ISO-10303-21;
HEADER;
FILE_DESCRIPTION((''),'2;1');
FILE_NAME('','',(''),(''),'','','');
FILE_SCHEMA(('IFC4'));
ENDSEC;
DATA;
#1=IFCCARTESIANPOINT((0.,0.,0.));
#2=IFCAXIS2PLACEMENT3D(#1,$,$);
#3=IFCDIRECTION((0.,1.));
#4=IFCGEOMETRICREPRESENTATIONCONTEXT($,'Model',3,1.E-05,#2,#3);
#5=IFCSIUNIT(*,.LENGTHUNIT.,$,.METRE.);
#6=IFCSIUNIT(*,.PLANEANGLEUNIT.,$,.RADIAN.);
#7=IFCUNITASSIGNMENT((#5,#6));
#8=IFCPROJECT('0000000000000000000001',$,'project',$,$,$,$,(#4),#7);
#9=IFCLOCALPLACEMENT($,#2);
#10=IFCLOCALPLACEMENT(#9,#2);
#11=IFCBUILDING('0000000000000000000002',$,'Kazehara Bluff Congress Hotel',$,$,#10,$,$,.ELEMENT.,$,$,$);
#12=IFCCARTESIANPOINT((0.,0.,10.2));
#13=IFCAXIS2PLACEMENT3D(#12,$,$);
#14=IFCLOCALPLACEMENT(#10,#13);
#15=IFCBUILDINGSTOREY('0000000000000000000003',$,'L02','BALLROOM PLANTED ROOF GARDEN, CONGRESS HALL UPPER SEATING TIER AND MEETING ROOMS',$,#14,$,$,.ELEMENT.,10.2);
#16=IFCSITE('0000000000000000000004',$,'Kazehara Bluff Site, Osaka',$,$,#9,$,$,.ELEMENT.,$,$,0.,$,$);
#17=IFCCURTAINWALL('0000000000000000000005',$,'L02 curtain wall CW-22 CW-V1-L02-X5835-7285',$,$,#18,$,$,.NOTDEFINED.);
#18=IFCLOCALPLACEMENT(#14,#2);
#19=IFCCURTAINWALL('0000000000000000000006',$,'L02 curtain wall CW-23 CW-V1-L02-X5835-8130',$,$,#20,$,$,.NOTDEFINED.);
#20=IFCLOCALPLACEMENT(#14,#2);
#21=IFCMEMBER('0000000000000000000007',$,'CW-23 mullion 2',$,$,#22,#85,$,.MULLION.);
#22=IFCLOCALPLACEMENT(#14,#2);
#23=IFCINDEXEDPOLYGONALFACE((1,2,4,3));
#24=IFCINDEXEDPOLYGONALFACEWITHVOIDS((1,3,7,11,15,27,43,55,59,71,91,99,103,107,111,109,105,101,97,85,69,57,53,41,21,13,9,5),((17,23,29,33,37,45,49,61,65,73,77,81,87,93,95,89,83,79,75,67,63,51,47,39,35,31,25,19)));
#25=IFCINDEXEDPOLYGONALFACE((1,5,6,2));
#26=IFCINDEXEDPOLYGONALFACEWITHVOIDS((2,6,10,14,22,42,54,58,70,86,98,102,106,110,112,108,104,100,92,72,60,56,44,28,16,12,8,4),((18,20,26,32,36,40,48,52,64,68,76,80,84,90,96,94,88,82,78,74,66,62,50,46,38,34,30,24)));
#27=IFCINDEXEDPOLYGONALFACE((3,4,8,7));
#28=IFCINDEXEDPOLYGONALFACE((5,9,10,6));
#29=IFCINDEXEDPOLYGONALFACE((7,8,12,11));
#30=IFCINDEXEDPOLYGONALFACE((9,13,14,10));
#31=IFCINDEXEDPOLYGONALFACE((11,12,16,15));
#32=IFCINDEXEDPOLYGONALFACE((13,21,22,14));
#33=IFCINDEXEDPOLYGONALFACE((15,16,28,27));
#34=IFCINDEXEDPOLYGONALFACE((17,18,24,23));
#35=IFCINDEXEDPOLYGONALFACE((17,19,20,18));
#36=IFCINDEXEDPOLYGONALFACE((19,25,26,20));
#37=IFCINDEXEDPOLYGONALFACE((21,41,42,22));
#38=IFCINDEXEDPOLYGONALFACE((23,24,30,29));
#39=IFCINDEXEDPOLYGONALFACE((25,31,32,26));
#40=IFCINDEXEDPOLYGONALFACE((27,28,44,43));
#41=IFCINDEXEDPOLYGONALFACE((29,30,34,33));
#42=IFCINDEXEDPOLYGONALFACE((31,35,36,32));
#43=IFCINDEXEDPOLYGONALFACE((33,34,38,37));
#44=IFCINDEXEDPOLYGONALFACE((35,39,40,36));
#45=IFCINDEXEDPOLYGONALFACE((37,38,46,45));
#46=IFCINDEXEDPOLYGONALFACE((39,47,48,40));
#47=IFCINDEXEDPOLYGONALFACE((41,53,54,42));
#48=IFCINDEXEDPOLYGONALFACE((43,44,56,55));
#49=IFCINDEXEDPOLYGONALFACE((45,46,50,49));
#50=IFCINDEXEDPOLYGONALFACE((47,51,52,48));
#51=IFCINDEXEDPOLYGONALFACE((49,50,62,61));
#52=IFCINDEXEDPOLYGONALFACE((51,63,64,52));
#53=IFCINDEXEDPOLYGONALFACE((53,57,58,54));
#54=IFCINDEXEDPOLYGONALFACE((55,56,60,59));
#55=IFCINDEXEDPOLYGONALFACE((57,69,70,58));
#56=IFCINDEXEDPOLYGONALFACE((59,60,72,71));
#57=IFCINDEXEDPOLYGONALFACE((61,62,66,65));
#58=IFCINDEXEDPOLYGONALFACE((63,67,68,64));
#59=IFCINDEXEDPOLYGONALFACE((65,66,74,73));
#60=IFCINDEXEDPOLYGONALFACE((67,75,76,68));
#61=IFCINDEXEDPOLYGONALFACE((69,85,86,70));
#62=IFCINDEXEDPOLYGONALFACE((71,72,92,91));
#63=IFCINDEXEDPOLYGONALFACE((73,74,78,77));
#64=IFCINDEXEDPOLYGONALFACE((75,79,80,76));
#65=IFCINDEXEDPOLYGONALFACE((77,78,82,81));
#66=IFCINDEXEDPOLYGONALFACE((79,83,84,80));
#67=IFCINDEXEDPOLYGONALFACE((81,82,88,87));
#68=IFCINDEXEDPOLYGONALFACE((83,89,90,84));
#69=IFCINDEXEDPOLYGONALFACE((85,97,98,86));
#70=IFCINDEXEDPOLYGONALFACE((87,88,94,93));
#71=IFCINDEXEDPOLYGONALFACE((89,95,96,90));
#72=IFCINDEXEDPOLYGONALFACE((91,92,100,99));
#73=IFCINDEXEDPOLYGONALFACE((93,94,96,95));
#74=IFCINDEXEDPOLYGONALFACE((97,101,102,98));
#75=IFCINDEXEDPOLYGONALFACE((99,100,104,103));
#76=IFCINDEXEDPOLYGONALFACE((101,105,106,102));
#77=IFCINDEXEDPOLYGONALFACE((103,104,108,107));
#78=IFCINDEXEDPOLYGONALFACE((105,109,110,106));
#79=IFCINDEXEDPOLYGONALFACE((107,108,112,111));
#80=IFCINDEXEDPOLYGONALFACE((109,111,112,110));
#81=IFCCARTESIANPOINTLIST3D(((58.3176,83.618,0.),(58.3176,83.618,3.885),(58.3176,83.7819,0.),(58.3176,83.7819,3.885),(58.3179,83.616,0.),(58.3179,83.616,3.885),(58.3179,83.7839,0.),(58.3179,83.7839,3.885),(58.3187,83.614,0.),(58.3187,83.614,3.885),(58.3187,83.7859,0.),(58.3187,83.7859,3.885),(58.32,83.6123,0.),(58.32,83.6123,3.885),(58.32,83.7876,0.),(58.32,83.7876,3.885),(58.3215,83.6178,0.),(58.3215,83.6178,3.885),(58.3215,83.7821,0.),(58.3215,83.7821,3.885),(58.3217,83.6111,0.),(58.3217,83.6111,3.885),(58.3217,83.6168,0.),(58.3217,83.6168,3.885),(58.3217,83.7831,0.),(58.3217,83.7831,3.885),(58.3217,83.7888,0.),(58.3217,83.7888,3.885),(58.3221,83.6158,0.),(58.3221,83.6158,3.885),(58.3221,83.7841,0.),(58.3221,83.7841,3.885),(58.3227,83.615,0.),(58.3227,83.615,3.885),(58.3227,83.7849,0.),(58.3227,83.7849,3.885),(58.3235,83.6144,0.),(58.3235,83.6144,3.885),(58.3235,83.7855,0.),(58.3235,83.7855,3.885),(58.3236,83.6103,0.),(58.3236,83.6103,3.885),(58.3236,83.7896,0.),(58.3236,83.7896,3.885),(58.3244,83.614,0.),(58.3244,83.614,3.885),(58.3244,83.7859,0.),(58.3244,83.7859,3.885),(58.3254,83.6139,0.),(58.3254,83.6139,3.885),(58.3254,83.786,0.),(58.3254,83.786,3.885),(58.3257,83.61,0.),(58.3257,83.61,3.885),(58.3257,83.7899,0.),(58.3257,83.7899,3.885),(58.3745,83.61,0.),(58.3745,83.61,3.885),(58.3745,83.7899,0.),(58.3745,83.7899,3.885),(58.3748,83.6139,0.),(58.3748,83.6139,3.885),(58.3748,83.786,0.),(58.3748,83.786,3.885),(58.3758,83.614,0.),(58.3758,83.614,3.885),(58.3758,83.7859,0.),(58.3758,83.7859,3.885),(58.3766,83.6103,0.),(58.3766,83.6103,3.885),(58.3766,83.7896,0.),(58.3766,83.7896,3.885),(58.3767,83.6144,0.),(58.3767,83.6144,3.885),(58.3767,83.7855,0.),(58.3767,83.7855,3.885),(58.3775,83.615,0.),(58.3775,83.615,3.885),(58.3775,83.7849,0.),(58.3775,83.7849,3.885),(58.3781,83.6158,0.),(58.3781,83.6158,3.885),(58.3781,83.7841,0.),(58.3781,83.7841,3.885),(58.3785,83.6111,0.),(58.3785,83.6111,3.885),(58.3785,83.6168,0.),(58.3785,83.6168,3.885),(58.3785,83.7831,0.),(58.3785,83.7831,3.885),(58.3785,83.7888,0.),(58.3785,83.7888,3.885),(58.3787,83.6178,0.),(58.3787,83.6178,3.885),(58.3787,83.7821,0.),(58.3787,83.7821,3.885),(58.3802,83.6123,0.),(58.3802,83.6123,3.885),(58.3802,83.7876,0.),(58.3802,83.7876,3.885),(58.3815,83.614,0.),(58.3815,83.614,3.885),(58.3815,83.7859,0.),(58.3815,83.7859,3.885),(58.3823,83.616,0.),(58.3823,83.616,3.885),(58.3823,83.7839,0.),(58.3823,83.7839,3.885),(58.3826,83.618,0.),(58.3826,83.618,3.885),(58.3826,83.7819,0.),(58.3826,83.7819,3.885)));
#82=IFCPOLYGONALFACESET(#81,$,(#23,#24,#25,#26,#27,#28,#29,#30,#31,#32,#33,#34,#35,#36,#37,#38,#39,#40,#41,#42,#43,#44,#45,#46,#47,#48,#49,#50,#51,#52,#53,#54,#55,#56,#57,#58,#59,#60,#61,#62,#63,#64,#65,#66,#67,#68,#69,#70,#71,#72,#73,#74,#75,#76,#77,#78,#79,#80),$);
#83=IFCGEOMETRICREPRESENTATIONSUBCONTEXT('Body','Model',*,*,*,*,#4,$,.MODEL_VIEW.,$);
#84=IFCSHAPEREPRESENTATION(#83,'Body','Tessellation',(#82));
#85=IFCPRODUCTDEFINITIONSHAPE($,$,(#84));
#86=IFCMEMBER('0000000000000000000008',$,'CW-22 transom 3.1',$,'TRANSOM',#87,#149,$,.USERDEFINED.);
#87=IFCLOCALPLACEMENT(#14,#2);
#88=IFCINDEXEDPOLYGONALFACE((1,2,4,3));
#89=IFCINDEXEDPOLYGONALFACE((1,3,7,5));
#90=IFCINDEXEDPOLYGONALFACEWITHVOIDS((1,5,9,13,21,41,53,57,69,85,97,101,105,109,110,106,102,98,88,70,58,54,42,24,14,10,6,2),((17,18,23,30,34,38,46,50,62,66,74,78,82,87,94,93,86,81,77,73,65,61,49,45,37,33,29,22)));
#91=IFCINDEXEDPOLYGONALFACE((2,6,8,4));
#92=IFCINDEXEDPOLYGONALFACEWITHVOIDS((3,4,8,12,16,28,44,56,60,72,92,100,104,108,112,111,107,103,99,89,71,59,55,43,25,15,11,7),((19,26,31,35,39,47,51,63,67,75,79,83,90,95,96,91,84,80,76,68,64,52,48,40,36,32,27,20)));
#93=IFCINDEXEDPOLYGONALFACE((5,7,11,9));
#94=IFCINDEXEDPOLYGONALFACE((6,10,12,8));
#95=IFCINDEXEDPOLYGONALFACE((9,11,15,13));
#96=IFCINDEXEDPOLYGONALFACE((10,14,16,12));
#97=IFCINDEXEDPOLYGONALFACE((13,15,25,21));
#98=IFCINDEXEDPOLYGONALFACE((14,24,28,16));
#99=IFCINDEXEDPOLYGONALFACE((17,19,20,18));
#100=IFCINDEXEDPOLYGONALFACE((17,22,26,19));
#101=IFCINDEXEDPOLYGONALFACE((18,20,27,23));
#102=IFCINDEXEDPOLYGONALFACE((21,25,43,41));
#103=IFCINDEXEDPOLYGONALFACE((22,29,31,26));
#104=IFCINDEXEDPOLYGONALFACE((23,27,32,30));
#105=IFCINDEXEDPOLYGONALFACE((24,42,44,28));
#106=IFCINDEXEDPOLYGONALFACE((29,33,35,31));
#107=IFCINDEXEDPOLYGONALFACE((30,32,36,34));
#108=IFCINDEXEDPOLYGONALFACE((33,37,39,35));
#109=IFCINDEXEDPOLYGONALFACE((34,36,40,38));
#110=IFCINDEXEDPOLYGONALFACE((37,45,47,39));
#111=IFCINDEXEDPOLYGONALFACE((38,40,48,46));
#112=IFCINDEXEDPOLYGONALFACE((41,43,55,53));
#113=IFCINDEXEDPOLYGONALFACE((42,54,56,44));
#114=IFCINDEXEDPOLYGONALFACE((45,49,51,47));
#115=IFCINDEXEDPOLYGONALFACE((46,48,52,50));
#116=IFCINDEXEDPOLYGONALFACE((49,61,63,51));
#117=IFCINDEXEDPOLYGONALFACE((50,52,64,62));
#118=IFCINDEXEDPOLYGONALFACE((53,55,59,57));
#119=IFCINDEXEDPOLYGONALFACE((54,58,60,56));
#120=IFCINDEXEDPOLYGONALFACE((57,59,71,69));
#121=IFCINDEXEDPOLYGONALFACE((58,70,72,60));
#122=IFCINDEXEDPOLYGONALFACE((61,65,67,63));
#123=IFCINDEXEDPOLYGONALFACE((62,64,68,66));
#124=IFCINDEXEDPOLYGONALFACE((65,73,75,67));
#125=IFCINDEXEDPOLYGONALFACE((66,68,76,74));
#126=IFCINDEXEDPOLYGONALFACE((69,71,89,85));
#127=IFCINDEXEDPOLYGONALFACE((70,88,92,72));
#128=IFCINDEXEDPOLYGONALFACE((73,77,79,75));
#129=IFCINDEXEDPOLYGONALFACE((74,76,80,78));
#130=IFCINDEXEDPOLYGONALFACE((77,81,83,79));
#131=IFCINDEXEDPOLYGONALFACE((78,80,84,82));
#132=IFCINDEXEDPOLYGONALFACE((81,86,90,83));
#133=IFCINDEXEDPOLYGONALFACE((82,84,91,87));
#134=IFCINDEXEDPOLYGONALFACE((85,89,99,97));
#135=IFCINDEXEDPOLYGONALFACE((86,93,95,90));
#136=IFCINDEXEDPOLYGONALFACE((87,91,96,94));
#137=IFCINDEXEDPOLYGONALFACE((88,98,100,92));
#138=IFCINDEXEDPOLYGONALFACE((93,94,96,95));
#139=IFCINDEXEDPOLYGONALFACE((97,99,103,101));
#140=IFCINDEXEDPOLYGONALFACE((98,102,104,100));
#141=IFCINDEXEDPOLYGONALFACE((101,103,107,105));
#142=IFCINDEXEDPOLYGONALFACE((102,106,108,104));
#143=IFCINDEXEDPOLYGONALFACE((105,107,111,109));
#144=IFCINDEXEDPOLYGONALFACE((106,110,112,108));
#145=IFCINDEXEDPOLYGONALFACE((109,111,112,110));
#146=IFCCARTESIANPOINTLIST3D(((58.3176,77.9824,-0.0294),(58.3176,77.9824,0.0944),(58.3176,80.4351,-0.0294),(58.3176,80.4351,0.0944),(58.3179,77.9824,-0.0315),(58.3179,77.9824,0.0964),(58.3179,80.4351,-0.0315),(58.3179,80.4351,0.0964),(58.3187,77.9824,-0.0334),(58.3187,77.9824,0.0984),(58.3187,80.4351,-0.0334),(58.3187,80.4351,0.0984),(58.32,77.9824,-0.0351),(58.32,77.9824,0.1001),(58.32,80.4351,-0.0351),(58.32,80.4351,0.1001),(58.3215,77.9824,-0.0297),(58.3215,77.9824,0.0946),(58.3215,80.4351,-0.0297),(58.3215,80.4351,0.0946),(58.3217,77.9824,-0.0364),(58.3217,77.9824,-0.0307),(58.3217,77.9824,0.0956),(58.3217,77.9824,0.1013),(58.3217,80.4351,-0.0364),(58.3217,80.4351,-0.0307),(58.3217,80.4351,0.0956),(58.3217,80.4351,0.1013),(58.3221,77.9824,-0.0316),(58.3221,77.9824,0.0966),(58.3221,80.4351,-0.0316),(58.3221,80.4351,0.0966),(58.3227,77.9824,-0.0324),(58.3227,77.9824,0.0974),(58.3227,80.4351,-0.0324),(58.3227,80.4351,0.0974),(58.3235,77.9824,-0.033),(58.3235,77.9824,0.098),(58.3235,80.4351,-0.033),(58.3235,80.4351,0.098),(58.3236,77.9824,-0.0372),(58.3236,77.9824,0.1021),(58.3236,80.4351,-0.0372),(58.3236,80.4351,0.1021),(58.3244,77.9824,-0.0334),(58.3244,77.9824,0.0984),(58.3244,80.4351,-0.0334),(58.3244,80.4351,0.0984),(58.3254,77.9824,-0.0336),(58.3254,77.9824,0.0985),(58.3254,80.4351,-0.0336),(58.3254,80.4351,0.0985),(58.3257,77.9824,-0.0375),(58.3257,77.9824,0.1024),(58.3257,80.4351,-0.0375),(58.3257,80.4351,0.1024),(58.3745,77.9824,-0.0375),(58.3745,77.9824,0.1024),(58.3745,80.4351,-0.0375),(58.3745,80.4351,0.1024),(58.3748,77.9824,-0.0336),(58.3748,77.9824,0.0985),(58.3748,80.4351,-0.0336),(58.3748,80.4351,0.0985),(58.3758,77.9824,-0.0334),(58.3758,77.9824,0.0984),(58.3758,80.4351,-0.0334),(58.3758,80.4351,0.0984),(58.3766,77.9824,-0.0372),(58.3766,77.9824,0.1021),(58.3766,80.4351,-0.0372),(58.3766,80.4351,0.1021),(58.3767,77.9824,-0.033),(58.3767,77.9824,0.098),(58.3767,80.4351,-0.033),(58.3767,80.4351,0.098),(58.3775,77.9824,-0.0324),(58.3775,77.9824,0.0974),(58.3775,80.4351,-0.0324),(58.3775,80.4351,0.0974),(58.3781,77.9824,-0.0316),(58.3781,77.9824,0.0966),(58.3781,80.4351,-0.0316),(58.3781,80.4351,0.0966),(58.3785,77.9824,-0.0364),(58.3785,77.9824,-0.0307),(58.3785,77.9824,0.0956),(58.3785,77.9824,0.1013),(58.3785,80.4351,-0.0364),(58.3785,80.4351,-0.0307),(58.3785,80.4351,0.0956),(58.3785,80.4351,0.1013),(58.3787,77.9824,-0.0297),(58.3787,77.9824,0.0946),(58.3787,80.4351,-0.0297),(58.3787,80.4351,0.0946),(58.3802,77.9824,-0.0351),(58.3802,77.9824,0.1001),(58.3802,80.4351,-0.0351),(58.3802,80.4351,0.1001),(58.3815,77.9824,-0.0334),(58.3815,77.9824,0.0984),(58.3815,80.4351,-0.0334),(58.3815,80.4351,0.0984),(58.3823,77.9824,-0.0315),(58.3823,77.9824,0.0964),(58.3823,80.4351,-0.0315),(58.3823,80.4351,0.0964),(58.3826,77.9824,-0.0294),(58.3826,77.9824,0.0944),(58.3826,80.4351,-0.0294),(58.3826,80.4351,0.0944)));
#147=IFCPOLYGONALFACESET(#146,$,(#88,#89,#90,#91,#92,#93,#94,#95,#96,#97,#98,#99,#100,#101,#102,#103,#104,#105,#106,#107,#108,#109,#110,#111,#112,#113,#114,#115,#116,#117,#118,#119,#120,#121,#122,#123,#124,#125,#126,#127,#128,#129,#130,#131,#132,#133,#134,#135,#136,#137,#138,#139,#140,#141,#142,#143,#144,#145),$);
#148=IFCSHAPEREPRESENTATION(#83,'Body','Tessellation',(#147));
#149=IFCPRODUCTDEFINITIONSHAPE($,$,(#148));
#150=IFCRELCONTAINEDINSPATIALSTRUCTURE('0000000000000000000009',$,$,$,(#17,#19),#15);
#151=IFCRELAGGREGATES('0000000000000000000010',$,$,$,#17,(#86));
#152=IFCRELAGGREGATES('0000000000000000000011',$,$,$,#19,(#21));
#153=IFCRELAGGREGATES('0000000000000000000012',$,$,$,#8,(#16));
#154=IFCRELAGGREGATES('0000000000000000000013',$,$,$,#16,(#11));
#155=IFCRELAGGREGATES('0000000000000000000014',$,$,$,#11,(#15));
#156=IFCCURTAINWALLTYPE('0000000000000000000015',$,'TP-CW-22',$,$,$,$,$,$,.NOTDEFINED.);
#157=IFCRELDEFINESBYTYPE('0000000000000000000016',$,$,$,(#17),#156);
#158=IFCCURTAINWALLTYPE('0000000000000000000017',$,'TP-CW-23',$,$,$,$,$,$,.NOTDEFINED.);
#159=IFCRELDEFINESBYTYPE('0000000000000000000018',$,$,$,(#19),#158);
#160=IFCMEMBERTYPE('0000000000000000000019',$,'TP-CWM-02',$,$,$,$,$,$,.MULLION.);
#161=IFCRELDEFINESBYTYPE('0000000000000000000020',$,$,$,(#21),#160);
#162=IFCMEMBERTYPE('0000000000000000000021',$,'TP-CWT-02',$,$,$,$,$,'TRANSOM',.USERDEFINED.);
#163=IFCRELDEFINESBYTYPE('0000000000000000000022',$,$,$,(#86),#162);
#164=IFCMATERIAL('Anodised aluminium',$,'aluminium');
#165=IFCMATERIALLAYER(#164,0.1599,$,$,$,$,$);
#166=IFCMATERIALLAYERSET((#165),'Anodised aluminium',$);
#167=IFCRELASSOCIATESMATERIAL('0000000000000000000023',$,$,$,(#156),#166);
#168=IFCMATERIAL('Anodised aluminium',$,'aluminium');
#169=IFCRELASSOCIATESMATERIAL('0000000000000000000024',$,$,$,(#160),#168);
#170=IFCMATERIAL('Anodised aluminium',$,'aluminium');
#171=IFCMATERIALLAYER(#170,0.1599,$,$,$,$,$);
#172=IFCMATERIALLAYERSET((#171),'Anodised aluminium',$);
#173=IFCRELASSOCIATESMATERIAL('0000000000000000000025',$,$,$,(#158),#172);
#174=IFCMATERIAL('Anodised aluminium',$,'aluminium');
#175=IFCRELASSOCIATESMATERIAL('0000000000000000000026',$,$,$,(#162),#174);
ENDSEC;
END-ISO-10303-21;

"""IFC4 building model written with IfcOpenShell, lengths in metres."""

from ifc_helpers import new_model, si_unit, direction, frame, origin, origin_2d, place, context, subcontext, project, spatial, hollow_rectangle, extrude, material, layer, layer_set, material_profile, profile_set, type_object, element, aggregate, save


model = new_model("IFC4")

# Units and contexts
model_context = context("Model", 3, precision=1e-05, world=origin(), true_north=direction((0.0, 1.0)))
body_context = subcontext(model_context, "Body", "Model", "MODEL_VIEW")
ifc_project = project(units=[si_unit("LENGTHUNIT", "METRE"), si_unit("PLANEANGLEUNIT", "RADIAN")], contexts=[model_context])

# Site, building, storey
site_placement = place(None, origin())
site = spatial("IfcSite", under=ifc_project, at=site_placement, Name="Kazehara Bluff Site, Osaka", CompositionType="ELEMENT", RefElevation=0.0)
building_placement = place(site_placement, origin())
building = spatial("IfcBuilding", under=site, at=building_placement, Name="Kazehara Bluff Congress Hotel", CompositionType="ELEMENT")
storey_placement = place(building_placement, frame((0.0, 0.0, 10.2)))
storey = spatial("IfcBuildingStorey", under=building, at=storey_placement, Name="L02", Description="BALLROOM PLANTED ROOF GARDEN, CONGRESS HALL UPPER SEATING TIER AND MEETING ROOMS", CompositionType="ELEMENT", Elevation=10.2)

# Curtain walls, member
ifc_material_1 = material(Name="Anodised aluminium", Category="aluminium")
ifc_layer_1 = layer(ifc_material_1, 0.1599)
ifc_layer_set_1 = layer_set([ifc_layer_1], Name="Anodised aluminium")
curtain_wall_type_1 = type_object("IfcCurtainWallType", Name="TP-CW-22", PredefinedType="NOTDEFINED", material=ifc_layer_set_1)
curtain_wall_1_placement = place(storey_placement, origin())
curtain_wall_1 = element("IfcCurtainWall", 1, at=curtain_wall_1_placement, inside=storey, type_object=curtain_wall_type_1, Name="L02 curtain wall CW-22 CW-V1-L02-X5835-7285", PredefinedType="NOTDEFINED")
ifc_material_2 = material(Name="Anodised aluminium", Category="aluminium")
ifc_material_profile_1 = material_profile(ifc_material_2, hollow_rectangle(XDim=0.0649, YDim=0.1799, WallThickness=0.0039, InnerFilletRadius=0.0039, OuterFilletRadius=0.0081, at=origin_2d()))
ifc_profile_set_1 = profile_set([ifc_material_profile_1], Name="Anodised aluminium")
member_type_1 = type_object("IfcMemberType", Name="TP-CWM-02", PredefinedType="MULLION", material=ifc_profile_set_1)
ifc_material_3 = material(Name="Anodised aluminium", Category="aluminium")
ifc_layer_2 = layer(ifc_material_3, 0.1599)
ifc_layer_set_2 = layer_set([ifc_layer_2], Name="Anodised aluminium")
curtain_wall_type_2 = type_object("IfcCurtainWallType", Name="TP-CW-23", PredefinedType="NOTDEFINED", material=ifc_layer_set_2)
curtain_wall_2_placement = place(storey_placement, origin())
curtain_wall_2 = element("IfcCurtainWall", 2, at=curtain_wall_2_placement, inside=storey, type_object=curtain_wall_type_2, Name="L02 curtain wall CW-23 CW-V1-L02-X5835-8130", PredefinedType="NOTDEFINED")
member_1_placement = place(storey_placement, frame((58.3501, 83.7, 0.0), z_axis=(0.0, 0.0, 1.0), x_axis=(-1.0, 0.0, 0.0)))
member_1 = element("IfcMember", 3, at=member_1_placement, type_object=member_type_1, Name="CW-23 mullion 2", PredefinedType="MULLION", context=body_context, shape_type="SweptSolid", body=[
    extrude(hollow_rectangle(XDim=0.0649, YDim=0.1799, WallThickness=0.0039, InnerFilletRadius=0.0039, OuterFilletRadius=0.0081, at=origin_2d()), origin(), (0.0, 0.0, 1.0), 3.885),
])

# Member
ifc_material_4 = material(Name="Anodised aluminium", Category="aluminium")
ifc_material_profile_2 = material_profile(ifc_material_4, hollow_rectangle(XDim=0.0649, YDim=0.1399, WallThickness=0.0039, InnerFilletRadius=0.0039, OuterFilletRadius=0.0081, at=origin_2d()))
ifc_profile_set_2 = profile_set([ifc_material_profile_2], Name="Anodised aluminium")
member_type_2 = type_object("IfcMemberType", Name="TP-CWT-02", ElementType="TRANSOM", PredefinedType="USERDEFINED", material=ifc_profile_set_2)
member_2_placement = place(storey_placement, frame((58.3501, 77.9824, 0.0325), z_axis=(0.0, 1.0, 0.0), x_axis=(-1.0, 0.0, 0.0)))
member_2 = element("IfcMember", 4, at=member_2_placement, type_object=member_type_2, Name="CW-22 transom 3.1", ObjectType="TRANSOM", PredefinedType="USERDEFINED", context=body_context, shape_type="SweptSolid", body=[
    extrude(hollow_rectangle(XDim=0.0649, YDim=0.1399, WallThickness=0.0039, InnerFilletRadius=0.0039, OuterFilletRadius=0.0081, at=origin_2d()), origin(), (0.0, 0.0, 1.0), 2.4526),
])

aggregate(curtain_wall_1, [member_2])
aggregate(curtain_wall_2, [member_1])

save(model, "model.ifc")
